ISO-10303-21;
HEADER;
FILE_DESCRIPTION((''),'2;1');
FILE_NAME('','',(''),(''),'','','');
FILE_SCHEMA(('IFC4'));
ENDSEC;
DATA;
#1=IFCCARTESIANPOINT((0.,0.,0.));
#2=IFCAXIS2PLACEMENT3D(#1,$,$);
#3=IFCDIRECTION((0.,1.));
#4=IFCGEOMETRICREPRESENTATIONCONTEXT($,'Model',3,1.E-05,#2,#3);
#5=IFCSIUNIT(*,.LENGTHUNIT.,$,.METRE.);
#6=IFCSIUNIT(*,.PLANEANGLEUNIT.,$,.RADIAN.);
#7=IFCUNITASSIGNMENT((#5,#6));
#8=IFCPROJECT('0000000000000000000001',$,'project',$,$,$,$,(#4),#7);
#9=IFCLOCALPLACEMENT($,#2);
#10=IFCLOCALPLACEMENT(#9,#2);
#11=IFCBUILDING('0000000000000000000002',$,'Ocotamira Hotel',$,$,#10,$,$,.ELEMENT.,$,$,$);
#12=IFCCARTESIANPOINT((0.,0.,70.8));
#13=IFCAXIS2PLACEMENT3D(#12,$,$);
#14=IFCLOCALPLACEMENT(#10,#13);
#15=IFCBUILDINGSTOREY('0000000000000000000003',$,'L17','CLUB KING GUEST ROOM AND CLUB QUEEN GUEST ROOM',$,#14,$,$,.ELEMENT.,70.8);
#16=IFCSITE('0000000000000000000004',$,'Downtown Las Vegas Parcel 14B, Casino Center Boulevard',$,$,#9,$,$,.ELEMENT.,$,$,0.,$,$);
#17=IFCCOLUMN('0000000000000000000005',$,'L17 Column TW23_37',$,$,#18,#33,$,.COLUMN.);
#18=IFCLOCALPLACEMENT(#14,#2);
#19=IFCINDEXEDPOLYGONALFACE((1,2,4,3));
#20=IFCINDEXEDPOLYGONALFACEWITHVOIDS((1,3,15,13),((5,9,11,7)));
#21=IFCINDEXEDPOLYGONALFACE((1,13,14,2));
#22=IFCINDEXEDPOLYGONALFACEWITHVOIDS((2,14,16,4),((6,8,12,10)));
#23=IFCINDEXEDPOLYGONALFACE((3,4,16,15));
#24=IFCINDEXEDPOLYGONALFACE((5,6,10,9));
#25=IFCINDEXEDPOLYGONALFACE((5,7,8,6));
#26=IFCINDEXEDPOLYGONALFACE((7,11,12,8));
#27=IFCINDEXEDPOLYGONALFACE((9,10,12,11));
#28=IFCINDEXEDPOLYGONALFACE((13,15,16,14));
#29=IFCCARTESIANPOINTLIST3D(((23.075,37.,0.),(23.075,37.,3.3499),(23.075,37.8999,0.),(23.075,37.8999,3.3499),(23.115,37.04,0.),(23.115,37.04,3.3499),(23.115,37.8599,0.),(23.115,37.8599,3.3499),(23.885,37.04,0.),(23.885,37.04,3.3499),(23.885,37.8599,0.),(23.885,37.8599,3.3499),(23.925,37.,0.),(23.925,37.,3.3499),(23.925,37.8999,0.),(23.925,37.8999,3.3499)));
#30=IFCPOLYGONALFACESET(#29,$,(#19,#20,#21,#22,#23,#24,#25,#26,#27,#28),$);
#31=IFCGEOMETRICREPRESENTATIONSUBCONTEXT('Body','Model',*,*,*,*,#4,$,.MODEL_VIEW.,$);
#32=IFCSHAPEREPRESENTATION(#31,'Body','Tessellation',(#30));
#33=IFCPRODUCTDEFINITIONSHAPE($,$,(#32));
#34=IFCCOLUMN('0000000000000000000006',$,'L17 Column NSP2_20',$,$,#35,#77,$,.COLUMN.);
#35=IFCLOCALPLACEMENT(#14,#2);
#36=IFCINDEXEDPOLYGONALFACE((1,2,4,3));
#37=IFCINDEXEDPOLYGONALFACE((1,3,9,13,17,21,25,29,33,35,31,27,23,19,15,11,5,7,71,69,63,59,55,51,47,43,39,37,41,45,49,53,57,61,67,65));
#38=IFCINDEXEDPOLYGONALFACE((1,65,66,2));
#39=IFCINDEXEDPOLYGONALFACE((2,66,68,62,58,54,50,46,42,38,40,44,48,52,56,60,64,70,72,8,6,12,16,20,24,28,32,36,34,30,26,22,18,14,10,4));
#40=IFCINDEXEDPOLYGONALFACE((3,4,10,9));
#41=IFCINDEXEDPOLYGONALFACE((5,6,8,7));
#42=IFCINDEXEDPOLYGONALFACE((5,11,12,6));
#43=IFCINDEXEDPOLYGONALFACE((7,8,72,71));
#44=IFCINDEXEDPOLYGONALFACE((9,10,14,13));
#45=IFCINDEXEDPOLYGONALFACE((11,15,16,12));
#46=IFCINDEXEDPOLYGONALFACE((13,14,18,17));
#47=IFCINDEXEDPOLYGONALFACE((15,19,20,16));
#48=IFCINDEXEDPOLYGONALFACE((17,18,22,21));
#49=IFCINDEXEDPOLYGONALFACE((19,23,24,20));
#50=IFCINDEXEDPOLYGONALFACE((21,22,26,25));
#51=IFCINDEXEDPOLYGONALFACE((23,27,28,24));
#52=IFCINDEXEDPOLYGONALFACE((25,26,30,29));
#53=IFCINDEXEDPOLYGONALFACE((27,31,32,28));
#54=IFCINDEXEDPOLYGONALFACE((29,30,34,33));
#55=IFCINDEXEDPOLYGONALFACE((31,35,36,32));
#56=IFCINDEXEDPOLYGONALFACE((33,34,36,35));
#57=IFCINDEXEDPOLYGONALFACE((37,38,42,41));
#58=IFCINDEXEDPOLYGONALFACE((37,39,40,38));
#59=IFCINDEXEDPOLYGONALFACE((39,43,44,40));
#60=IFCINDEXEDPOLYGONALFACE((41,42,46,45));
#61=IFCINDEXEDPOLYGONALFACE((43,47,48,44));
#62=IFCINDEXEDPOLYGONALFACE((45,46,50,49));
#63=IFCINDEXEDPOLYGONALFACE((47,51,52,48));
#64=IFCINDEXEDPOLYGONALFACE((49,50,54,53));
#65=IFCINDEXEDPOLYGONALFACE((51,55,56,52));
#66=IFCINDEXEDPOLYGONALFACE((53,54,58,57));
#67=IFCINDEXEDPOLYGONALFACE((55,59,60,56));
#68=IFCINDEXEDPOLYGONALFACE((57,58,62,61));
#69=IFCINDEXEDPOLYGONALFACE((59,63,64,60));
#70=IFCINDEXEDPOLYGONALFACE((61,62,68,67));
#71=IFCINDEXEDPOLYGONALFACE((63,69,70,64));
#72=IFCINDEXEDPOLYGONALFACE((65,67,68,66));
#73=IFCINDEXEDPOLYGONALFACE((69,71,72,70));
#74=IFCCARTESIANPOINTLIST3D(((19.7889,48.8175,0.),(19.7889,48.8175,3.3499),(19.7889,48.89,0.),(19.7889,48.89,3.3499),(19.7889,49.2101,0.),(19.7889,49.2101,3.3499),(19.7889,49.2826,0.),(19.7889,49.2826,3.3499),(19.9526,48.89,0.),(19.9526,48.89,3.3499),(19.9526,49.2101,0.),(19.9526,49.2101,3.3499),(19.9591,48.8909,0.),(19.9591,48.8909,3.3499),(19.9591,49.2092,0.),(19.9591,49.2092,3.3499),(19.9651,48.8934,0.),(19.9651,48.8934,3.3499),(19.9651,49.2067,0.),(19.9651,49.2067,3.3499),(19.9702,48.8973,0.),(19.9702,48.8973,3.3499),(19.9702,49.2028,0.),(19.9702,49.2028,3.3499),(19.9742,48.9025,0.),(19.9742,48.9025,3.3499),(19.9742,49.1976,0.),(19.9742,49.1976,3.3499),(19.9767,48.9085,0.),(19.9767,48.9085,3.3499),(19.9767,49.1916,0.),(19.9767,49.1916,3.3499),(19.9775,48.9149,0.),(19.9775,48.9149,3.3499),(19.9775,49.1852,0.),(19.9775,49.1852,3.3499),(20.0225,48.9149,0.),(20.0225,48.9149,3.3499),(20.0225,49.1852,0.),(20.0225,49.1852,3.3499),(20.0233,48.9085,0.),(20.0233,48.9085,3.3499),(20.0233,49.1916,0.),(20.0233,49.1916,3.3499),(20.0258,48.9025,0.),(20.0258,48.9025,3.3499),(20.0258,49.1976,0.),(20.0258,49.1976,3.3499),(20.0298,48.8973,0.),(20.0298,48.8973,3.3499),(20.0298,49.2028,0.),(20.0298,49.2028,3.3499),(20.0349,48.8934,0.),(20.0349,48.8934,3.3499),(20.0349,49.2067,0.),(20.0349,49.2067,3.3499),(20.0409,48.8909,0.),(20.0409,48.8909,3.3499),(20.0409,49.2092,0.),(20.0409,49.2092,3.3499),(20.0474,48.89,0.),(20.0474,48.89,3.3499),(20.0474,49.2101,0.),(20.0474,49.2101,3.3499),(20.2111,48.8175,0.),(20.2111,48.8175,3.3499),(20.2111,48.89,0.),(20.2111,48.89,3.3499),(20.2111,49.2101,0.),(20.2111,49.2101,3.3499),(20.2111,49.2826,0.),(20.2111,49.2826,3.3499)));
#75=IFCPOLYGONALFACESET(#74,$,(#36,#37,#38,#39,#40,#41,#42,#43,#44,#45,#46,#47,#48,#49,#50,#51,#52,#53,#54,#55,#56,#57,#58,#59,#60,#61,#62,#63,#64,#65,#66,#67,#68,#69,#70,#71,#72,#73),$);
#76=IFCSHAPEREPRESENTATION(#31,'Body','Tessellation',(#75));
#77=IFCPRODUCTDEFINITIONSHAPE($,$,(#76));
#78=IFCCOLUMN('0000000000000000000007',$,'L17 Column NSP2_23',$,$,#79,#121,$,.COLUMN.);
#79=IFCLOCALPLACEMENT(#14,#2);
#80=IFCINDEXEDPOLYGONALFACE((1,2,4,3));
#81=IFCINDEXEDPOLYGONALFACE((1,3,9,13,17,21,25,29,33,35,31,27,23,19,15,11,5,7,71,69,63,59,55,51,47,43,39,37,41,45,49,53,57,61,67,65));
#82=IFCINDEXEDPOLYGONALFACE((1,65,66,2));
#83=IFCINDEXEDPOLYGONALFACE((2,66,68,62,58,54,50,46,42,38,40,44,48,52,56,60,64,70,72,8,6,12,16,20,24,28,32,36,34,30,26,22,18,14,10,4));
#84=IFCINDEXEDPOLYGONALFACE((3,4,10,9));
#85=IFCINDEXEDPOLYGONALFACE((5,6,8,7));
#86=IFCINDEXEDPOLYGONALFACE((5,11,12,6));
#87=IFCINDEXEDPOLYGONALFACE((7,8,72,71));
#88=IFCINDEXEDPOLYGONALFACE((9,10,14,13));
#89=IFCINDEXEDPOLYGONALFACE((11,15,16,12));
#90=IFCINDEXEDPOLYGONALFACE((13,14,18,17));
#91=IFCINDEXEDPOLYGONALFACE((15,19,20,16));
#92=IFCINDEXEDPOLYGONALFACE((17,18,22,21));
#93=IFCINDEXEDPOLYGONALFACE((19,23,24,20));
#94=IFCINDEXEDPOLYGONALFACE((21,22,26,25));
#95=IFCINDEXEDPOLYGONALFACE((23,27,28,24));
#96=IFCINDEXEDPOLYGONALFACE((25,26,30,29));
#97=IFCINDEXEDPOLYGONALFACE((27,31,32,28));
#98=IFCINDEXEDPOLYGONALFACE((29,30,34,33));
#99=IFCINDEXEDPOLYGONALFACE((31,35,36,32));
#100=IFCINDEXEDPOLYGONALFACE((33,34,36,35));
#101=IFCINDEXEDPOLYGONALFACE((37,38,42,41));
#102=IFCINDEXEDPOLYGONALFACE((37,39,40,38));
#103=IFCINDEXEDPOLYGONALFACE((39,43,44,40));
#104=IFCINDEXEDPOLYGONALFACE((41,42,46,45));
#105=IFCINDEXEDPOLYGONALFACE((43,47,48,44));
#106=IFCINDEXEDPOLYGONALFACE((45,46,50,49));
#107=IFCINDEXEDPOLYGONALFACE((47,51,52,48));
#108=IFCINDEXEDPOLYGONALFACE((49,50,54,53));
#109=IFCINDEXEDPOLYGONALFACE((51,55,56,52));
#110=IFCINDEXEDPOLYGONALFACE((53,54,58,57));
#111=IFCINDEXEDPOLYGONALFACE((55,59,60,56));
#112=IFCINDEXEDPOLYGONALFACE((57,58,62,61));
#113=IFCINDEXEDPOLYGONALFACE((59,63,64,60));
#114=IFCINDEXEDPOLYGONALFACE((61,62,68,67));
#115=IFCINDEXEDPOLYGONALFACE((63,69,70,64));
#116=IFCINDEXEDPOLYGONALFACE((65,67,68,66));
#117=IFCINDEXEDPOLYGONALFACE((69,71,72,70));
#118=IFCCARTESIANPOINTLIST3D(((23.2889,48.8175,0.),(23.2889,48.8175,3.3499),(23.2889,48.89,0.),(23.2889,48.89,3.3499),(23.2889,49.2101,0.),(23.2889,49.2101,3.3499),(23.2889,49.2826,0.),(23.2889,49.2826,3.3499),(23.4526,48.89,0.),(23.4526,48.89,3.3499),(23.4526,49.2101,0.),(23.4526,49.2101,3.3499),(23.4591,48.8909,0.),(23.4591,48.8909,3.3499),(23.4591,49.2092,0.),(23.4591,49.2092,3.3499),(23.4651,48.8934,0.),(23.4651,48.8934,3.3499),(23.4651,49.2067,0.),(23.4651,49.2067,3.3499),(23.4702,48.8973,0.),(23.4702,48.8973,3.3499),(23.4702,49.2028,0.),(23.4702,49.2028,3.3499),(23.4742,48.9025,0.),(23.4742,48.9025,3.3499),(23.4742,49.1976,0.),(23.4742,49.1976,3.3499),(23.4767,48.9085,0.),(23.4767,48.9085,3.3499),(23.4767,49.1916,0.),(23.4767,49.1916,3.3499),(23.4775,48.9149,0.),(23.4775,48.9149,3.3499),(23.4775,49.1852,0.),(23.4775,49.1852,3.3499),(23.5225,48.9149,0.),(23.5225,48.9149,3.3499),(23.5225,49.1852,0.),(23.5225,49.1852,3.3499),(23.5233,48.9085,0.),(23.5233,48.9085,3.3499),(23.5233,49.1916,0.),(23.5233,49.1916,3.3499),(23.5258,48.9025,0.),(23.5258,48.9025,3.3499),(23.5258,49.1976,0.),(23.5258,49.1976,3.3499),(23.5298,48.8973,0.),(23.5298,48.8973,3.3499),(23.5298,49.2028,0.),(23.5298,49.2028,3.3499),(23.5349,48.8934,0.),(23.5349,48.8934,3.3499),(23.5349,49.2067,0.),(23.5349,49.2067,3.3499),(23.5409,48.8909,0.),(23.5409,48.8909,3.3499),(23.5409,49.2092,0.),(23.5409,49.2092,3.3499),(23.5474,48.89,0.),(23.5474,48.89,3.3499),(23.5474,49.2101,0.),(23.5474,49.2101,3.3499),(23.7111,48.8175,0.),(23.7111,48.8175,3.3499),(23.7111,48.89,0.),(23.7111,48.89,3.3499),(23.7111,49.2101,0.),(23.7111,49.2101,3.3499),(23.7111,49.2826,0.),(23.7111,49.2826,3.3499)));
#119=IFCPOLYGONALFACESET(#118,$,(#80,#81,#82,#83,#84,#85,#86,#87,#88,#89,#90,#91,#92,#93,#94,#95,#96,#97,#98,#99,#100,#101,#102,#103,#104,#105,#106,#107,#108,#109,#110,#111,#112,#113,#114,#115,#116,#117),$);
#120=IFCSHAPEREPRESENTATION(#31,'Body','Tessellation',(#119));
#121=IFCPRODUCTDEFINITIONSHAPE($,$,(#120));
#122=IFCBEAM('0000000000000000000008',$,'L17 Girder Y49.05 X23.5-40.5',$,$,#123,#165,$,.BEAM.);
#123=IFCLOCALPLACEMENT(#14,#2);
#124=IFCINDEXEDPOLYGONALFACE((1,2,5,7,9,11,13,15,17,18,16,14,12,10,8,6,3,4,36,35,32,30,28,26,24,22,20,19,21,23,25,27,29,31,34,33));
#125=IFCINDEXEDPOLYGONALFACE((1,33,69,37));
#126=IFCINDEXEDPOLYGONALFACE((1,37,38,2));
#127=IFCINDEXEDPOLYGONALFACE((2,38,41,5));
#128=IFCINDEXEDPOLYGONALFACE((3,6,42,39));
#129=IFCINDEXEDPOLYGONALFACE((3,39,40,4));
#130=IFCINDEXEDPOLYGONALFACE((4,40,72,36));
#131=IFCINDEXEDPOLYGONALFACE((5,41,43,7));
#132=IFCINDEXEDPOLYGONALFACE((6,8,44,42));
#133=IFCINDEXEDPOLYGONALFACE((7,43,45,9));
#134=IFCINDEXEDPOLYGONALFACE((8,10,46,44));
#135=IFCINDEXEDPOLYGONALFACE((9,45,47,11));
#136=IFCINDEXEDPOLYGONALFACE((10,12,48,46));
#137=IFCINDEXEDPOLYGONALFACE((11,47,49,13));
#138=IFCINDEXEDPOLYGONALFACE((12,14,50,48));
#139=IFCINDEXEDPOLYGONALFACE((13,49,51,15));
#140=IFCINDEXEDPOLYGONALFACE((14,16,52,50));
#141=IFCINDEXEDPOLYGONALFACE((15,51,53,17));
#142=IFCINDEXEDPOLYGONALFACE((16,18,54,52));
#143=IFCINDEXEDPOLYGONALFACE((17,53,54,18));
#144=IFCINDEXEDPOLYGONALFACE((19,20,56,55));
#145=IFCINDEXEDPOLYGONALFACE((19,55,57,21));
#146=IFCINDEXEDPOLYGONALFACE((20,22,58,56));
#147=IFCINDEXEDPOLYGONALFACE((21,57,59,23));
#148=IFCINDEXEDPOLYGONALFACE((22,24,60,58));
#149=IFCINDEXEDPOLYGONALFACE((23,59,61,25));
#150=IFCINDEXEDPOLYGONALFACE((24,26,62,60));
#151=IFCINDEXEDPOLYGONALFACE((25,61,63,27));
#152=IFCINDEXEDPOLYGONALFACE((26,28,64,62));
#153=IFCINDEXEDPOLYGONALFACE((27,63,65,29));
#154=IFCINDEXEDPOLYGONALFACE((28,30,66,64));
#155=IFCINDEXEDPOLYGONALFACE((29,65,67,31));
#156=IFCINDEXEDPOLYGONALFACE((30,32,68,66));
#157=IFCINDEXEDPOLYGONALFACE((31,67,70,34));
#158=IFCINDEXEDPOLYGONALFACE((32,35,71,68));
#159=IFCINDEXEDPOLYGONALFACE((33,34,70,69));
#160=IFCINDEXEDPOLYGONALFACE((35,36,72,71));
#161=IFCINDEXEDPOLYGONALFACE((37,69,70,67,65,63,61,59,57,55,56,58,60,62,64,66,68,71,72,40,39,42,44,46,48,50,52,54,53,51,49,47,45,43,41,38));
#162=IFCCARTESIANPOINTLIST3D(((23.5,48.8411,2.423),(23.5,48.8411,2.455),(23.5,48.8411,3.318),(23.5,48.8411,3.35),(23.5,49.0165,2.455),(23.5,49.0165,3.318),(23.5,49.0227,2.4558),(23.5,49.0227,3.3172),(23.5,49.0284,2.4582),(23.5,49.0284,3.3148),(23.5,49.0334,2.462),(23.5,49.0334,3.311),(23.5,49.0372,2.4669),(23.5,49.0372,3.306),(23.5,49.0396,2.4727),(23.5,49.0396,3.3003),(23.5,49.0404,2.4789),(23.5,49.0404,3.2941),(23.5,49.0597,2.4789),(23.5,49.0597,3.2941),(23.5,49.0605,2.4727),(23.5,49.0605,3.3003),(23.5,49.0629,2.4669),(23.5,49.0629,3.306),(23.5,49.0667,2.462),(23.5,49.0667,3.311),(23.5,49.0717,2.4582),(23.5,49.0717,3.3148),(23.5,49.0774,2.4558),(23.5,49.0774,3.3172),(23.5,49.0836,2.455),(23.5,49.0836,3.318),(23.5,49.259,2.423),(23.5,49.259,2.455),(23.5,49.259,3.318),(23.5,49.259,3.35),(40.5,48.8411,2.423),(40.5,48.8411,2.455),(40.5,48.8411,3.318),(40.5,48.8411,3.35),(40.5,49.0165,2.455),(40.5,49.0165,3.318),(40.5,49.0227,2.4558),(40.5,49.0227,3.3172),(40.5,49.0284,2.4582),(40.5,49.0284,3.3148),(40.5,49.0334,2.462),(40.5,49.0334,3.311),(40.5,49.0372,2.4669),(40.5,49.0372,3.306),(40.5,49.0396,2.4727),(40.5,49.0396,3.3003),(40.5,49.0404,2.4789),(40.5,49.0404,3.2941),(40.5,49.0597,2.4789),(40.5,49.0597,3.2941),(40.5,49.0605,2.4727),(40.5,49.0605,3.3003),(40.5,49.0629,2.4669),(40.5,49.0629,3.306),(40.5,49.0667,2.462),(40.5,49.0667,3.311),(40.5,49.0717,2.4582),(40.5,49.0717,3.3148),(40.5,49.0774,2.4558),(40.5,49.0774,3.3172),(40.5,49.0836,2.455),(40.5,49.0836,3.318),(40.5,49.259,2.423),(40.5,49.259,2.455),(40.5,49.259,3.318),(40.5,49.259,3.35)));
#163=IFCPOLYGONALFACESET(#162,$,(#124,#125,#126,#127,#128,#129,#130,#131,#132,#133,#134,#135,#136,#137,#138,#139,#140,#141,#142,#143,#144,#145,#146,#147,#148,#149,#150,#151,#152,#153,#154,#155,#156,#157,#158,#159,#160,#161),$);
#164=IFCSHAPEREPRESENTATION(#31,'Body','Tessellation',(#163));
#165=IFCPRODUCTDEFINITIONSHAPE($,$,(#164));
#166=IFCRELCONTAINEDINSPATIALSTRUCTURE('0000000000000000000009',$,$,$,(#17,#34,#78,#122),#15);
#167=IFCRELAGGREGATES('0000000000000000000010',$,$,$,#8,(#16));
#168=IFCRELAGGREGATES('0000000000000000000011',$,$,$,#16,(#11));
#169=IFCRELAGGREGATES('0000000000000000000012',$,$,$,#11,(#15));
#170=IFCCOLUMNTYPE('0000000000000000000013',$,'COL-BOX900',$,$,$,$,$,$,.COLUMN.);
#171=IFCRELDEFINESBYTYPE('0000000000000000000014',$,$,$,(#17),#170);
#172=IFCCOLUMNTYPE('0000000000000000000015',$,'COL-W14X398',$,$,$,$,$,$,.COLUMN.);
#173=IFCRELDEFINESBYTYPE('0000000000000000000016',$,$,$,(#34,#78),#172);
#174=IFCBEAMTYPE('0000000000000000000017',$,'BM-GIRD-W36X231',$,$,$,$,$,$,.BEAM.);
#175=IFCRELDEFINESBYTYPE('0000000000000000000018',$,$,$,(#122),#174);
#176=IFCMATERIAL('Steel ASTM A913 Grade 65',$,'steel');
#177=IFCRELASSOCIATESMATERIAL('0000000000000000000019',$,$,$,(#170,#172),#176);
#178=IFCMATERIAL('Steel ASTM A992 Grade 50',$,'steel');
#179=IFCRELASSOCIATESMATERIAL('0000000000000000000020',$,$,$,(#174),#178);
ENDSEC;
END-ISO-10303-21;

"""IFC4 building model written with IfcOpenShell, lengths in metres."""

from ifc_helpers import new_model, si_unit, direction, frame, origin, origin_2d, place, context, subcontext, project, spatial, hollow_rectangle, i_section, extrude, source, transform, mapped, material, material_profile, profile_set, type_object, element, save


model = new_model("IFC4")

# Units and contexts
model_context = context("Model", 3, precision=1e-05, world=origin(), true_north=direction((0.0, 1.0)))
body_context = subcontext(model_context, "Body", "Model", "MODEL_VIEW")
ifc_project = project(units=[si_unit("LENGTHUNIT", "METRE"), si_unit("PLANEANGLEUNIT", "RADIAN")], contexts=[model_context])

# Site, building, storey
site_placement = place(None, origin())
site = spatial("IfcSite", under=ifc_project, at=site_placement, Name="Downtown Las Vegas Parcel 14B, Casino Center Boulevard", CompositionType="ELEMENT", RefElevation=0.0)
building_placement = place(site_placement, origin())
building = spatial("IfcBuilding", under=site, at=building_placement, Name="Ocotamira Hotel", CompositionType="ELEMENT")
storey_placement = place(building_placement, frame((0.0, 0.0, 70.8)))
storey = spatial("IfcBuildingStorey", under=building, at=storey_placement, Name="L17", Description="CLUB KING GUEST ROOM AND CLUB QUEEN GUEST ROOM", CompositionType="ELEMENT", Elevation=70.8)

# Columns
ifc_material_1 = material(Name="Steel ASTM A913 Grade 65", Category="steel")
ifc_material_profile_1 = material_profile(ifc_material_1, hollow_rectangle(XDim=0.8501, YDim=0.8999, WallThickness=0.04, at=origin_2d()), Name="BOX900X850X40")
ifc_profile_set_1 = profile_set([ifc_material_profile_1], Name="Steel ASTM A913 Grade 65")
column_type_1 = type_object("IfcColumnType", Name="COL-BOX900", PredefinedType="COLUMN", material=ifc_profile_set_1)
shared_shape_1 = source(origin(), body_context, "Body", "SweptSolid", [
    extrude(hollow_rectangle(XDim=0.8501, YDim=0.8999, WallThickness=0.04, at=origin_2d()), origin(), (0.0, 0.0, 1.0), 3.3499),
])
column_placement = place(storey_placement, frame((23.5, 37.45, 0.0), z_axis=(0.0, 0.0, 1.0), x_axis=(1.0, 0.0, 0.0)))
element("IfcColumn", 1, at=column_placement, inside=storey, type_object=column_type_1, Name="L17 Column TW23_37", PredefinedType="COLUMN", context=body_context, shape_type="MappedRepresentation", body=[
    mapped(shared_shape_1, transform((0.0, 0.0, 0.0), scale=1.0)),
])
ifc_material_profile_2 = material_profile(ifc_material_1, i_section(OverallWidth=0.4221, OverallDepth=0.4651, WebThickness=0.0449, FlangeThickness=0.0725, FilletRadius=0.0249, at=origin_2d()), Name="W14X398")
ifc_profile_set_2 = profile_set([ifc_material_profile_2], Name="Steel ASTM A913 Grade 65")
column_type_2 = type_object("IfcColumnType", Name="COL-W14X398", PredefinedType="COLUMN", material=ifc_profile_set_2)
shared_shape_2 = source(origin(), body_context, "Body", "SweptSolid", [
    extrude(i_section(OverallWidth=0.4221, OverallDepth=0.4651, WebThickness=0.0449, FlangeThickness=0.0725, FilletRadius=0.0249, at=origin_2d()), origin(), (0.0, 0.0, 1.0), 3.3499),
])
for number, where, z_axis, x_axis, name in (
    (2, (20.0, 49.05, 0.0), (0.0, 0.0, 1.0), (1.0, 0.0, 0.0), "L17 Column NSP2_20"),
    (3, (23.5, 49.05, 0.0), (0.0, 0.0, 1.0), (1.0, 0.0, 0.0), "L17 Column NSP2_23"),
):
    element("IfcColumn", number, at=place(storey_placement, frame(where, z_axis=z_axis, x_axis=x_axis)), inside=storey, type_object=column_type_2, Name=name, PredefinedType="COLUMN", context=body_context, shape_type="MappedRepresentation", body=[
        mapped(shared_shape_2, transform((0.0, 0.0, 0.0), scale=1.0)),
    ])

# Beam
ifc_material_2 = material(Name="Steel ASTM A992 Grade 50", Category="steel")
ifc_material_profile_3 = material_profile(ifc_material_2, i_section(OverallWidth=0.418, OverallDepth=0.927, WebThickness=0.0193, FlangeThickness=0.032, FilletRadius=0.0239, at=origin_2d()), Name="W36X231")
ifc_profile_set_3 = profile_set([ifc_material_profile_3], Name="Steel ASTM A992 Grade 50")
beam_type_1 = type_object("IfcBeamType", Name="BM-GIRD-W36X231", PredefinedType="BEAM", material=ifc_profile_set_3)
shared_shape_3 = source(origin(), body_context, "Body", "SweptSolid", [
    extrude(i_section(OverallWidth=0.418, OverallDepth=0.927, WebThickness=0.0193, FlangeThickness=0.032, FilletRadius=0.0239, at=origin_2d()), origin(), (0.0, 0.0, 1.0), 17.0),
])
beam_1_placement = place(storey_placement, frame((23.5, 49.05, 2.8865), z_axis=(1.0, 0.0, 0.0), x_axis=(0.0, 1.0, 0.0)))
element("IfcBeam", 4, at=beam_1_placement, inside=storey, type_object=beam_type_1, Name="L17 Girder Y49.05 X23.5-40.5", PredefinedType="BEAM", context=body_context, shape_type="MappedRepresentation", body=[
    mapped(shared_shape_3, transform((0.0, 0.0, 0.0), scale=1.0)),
])

save(model, "model.ifc")
